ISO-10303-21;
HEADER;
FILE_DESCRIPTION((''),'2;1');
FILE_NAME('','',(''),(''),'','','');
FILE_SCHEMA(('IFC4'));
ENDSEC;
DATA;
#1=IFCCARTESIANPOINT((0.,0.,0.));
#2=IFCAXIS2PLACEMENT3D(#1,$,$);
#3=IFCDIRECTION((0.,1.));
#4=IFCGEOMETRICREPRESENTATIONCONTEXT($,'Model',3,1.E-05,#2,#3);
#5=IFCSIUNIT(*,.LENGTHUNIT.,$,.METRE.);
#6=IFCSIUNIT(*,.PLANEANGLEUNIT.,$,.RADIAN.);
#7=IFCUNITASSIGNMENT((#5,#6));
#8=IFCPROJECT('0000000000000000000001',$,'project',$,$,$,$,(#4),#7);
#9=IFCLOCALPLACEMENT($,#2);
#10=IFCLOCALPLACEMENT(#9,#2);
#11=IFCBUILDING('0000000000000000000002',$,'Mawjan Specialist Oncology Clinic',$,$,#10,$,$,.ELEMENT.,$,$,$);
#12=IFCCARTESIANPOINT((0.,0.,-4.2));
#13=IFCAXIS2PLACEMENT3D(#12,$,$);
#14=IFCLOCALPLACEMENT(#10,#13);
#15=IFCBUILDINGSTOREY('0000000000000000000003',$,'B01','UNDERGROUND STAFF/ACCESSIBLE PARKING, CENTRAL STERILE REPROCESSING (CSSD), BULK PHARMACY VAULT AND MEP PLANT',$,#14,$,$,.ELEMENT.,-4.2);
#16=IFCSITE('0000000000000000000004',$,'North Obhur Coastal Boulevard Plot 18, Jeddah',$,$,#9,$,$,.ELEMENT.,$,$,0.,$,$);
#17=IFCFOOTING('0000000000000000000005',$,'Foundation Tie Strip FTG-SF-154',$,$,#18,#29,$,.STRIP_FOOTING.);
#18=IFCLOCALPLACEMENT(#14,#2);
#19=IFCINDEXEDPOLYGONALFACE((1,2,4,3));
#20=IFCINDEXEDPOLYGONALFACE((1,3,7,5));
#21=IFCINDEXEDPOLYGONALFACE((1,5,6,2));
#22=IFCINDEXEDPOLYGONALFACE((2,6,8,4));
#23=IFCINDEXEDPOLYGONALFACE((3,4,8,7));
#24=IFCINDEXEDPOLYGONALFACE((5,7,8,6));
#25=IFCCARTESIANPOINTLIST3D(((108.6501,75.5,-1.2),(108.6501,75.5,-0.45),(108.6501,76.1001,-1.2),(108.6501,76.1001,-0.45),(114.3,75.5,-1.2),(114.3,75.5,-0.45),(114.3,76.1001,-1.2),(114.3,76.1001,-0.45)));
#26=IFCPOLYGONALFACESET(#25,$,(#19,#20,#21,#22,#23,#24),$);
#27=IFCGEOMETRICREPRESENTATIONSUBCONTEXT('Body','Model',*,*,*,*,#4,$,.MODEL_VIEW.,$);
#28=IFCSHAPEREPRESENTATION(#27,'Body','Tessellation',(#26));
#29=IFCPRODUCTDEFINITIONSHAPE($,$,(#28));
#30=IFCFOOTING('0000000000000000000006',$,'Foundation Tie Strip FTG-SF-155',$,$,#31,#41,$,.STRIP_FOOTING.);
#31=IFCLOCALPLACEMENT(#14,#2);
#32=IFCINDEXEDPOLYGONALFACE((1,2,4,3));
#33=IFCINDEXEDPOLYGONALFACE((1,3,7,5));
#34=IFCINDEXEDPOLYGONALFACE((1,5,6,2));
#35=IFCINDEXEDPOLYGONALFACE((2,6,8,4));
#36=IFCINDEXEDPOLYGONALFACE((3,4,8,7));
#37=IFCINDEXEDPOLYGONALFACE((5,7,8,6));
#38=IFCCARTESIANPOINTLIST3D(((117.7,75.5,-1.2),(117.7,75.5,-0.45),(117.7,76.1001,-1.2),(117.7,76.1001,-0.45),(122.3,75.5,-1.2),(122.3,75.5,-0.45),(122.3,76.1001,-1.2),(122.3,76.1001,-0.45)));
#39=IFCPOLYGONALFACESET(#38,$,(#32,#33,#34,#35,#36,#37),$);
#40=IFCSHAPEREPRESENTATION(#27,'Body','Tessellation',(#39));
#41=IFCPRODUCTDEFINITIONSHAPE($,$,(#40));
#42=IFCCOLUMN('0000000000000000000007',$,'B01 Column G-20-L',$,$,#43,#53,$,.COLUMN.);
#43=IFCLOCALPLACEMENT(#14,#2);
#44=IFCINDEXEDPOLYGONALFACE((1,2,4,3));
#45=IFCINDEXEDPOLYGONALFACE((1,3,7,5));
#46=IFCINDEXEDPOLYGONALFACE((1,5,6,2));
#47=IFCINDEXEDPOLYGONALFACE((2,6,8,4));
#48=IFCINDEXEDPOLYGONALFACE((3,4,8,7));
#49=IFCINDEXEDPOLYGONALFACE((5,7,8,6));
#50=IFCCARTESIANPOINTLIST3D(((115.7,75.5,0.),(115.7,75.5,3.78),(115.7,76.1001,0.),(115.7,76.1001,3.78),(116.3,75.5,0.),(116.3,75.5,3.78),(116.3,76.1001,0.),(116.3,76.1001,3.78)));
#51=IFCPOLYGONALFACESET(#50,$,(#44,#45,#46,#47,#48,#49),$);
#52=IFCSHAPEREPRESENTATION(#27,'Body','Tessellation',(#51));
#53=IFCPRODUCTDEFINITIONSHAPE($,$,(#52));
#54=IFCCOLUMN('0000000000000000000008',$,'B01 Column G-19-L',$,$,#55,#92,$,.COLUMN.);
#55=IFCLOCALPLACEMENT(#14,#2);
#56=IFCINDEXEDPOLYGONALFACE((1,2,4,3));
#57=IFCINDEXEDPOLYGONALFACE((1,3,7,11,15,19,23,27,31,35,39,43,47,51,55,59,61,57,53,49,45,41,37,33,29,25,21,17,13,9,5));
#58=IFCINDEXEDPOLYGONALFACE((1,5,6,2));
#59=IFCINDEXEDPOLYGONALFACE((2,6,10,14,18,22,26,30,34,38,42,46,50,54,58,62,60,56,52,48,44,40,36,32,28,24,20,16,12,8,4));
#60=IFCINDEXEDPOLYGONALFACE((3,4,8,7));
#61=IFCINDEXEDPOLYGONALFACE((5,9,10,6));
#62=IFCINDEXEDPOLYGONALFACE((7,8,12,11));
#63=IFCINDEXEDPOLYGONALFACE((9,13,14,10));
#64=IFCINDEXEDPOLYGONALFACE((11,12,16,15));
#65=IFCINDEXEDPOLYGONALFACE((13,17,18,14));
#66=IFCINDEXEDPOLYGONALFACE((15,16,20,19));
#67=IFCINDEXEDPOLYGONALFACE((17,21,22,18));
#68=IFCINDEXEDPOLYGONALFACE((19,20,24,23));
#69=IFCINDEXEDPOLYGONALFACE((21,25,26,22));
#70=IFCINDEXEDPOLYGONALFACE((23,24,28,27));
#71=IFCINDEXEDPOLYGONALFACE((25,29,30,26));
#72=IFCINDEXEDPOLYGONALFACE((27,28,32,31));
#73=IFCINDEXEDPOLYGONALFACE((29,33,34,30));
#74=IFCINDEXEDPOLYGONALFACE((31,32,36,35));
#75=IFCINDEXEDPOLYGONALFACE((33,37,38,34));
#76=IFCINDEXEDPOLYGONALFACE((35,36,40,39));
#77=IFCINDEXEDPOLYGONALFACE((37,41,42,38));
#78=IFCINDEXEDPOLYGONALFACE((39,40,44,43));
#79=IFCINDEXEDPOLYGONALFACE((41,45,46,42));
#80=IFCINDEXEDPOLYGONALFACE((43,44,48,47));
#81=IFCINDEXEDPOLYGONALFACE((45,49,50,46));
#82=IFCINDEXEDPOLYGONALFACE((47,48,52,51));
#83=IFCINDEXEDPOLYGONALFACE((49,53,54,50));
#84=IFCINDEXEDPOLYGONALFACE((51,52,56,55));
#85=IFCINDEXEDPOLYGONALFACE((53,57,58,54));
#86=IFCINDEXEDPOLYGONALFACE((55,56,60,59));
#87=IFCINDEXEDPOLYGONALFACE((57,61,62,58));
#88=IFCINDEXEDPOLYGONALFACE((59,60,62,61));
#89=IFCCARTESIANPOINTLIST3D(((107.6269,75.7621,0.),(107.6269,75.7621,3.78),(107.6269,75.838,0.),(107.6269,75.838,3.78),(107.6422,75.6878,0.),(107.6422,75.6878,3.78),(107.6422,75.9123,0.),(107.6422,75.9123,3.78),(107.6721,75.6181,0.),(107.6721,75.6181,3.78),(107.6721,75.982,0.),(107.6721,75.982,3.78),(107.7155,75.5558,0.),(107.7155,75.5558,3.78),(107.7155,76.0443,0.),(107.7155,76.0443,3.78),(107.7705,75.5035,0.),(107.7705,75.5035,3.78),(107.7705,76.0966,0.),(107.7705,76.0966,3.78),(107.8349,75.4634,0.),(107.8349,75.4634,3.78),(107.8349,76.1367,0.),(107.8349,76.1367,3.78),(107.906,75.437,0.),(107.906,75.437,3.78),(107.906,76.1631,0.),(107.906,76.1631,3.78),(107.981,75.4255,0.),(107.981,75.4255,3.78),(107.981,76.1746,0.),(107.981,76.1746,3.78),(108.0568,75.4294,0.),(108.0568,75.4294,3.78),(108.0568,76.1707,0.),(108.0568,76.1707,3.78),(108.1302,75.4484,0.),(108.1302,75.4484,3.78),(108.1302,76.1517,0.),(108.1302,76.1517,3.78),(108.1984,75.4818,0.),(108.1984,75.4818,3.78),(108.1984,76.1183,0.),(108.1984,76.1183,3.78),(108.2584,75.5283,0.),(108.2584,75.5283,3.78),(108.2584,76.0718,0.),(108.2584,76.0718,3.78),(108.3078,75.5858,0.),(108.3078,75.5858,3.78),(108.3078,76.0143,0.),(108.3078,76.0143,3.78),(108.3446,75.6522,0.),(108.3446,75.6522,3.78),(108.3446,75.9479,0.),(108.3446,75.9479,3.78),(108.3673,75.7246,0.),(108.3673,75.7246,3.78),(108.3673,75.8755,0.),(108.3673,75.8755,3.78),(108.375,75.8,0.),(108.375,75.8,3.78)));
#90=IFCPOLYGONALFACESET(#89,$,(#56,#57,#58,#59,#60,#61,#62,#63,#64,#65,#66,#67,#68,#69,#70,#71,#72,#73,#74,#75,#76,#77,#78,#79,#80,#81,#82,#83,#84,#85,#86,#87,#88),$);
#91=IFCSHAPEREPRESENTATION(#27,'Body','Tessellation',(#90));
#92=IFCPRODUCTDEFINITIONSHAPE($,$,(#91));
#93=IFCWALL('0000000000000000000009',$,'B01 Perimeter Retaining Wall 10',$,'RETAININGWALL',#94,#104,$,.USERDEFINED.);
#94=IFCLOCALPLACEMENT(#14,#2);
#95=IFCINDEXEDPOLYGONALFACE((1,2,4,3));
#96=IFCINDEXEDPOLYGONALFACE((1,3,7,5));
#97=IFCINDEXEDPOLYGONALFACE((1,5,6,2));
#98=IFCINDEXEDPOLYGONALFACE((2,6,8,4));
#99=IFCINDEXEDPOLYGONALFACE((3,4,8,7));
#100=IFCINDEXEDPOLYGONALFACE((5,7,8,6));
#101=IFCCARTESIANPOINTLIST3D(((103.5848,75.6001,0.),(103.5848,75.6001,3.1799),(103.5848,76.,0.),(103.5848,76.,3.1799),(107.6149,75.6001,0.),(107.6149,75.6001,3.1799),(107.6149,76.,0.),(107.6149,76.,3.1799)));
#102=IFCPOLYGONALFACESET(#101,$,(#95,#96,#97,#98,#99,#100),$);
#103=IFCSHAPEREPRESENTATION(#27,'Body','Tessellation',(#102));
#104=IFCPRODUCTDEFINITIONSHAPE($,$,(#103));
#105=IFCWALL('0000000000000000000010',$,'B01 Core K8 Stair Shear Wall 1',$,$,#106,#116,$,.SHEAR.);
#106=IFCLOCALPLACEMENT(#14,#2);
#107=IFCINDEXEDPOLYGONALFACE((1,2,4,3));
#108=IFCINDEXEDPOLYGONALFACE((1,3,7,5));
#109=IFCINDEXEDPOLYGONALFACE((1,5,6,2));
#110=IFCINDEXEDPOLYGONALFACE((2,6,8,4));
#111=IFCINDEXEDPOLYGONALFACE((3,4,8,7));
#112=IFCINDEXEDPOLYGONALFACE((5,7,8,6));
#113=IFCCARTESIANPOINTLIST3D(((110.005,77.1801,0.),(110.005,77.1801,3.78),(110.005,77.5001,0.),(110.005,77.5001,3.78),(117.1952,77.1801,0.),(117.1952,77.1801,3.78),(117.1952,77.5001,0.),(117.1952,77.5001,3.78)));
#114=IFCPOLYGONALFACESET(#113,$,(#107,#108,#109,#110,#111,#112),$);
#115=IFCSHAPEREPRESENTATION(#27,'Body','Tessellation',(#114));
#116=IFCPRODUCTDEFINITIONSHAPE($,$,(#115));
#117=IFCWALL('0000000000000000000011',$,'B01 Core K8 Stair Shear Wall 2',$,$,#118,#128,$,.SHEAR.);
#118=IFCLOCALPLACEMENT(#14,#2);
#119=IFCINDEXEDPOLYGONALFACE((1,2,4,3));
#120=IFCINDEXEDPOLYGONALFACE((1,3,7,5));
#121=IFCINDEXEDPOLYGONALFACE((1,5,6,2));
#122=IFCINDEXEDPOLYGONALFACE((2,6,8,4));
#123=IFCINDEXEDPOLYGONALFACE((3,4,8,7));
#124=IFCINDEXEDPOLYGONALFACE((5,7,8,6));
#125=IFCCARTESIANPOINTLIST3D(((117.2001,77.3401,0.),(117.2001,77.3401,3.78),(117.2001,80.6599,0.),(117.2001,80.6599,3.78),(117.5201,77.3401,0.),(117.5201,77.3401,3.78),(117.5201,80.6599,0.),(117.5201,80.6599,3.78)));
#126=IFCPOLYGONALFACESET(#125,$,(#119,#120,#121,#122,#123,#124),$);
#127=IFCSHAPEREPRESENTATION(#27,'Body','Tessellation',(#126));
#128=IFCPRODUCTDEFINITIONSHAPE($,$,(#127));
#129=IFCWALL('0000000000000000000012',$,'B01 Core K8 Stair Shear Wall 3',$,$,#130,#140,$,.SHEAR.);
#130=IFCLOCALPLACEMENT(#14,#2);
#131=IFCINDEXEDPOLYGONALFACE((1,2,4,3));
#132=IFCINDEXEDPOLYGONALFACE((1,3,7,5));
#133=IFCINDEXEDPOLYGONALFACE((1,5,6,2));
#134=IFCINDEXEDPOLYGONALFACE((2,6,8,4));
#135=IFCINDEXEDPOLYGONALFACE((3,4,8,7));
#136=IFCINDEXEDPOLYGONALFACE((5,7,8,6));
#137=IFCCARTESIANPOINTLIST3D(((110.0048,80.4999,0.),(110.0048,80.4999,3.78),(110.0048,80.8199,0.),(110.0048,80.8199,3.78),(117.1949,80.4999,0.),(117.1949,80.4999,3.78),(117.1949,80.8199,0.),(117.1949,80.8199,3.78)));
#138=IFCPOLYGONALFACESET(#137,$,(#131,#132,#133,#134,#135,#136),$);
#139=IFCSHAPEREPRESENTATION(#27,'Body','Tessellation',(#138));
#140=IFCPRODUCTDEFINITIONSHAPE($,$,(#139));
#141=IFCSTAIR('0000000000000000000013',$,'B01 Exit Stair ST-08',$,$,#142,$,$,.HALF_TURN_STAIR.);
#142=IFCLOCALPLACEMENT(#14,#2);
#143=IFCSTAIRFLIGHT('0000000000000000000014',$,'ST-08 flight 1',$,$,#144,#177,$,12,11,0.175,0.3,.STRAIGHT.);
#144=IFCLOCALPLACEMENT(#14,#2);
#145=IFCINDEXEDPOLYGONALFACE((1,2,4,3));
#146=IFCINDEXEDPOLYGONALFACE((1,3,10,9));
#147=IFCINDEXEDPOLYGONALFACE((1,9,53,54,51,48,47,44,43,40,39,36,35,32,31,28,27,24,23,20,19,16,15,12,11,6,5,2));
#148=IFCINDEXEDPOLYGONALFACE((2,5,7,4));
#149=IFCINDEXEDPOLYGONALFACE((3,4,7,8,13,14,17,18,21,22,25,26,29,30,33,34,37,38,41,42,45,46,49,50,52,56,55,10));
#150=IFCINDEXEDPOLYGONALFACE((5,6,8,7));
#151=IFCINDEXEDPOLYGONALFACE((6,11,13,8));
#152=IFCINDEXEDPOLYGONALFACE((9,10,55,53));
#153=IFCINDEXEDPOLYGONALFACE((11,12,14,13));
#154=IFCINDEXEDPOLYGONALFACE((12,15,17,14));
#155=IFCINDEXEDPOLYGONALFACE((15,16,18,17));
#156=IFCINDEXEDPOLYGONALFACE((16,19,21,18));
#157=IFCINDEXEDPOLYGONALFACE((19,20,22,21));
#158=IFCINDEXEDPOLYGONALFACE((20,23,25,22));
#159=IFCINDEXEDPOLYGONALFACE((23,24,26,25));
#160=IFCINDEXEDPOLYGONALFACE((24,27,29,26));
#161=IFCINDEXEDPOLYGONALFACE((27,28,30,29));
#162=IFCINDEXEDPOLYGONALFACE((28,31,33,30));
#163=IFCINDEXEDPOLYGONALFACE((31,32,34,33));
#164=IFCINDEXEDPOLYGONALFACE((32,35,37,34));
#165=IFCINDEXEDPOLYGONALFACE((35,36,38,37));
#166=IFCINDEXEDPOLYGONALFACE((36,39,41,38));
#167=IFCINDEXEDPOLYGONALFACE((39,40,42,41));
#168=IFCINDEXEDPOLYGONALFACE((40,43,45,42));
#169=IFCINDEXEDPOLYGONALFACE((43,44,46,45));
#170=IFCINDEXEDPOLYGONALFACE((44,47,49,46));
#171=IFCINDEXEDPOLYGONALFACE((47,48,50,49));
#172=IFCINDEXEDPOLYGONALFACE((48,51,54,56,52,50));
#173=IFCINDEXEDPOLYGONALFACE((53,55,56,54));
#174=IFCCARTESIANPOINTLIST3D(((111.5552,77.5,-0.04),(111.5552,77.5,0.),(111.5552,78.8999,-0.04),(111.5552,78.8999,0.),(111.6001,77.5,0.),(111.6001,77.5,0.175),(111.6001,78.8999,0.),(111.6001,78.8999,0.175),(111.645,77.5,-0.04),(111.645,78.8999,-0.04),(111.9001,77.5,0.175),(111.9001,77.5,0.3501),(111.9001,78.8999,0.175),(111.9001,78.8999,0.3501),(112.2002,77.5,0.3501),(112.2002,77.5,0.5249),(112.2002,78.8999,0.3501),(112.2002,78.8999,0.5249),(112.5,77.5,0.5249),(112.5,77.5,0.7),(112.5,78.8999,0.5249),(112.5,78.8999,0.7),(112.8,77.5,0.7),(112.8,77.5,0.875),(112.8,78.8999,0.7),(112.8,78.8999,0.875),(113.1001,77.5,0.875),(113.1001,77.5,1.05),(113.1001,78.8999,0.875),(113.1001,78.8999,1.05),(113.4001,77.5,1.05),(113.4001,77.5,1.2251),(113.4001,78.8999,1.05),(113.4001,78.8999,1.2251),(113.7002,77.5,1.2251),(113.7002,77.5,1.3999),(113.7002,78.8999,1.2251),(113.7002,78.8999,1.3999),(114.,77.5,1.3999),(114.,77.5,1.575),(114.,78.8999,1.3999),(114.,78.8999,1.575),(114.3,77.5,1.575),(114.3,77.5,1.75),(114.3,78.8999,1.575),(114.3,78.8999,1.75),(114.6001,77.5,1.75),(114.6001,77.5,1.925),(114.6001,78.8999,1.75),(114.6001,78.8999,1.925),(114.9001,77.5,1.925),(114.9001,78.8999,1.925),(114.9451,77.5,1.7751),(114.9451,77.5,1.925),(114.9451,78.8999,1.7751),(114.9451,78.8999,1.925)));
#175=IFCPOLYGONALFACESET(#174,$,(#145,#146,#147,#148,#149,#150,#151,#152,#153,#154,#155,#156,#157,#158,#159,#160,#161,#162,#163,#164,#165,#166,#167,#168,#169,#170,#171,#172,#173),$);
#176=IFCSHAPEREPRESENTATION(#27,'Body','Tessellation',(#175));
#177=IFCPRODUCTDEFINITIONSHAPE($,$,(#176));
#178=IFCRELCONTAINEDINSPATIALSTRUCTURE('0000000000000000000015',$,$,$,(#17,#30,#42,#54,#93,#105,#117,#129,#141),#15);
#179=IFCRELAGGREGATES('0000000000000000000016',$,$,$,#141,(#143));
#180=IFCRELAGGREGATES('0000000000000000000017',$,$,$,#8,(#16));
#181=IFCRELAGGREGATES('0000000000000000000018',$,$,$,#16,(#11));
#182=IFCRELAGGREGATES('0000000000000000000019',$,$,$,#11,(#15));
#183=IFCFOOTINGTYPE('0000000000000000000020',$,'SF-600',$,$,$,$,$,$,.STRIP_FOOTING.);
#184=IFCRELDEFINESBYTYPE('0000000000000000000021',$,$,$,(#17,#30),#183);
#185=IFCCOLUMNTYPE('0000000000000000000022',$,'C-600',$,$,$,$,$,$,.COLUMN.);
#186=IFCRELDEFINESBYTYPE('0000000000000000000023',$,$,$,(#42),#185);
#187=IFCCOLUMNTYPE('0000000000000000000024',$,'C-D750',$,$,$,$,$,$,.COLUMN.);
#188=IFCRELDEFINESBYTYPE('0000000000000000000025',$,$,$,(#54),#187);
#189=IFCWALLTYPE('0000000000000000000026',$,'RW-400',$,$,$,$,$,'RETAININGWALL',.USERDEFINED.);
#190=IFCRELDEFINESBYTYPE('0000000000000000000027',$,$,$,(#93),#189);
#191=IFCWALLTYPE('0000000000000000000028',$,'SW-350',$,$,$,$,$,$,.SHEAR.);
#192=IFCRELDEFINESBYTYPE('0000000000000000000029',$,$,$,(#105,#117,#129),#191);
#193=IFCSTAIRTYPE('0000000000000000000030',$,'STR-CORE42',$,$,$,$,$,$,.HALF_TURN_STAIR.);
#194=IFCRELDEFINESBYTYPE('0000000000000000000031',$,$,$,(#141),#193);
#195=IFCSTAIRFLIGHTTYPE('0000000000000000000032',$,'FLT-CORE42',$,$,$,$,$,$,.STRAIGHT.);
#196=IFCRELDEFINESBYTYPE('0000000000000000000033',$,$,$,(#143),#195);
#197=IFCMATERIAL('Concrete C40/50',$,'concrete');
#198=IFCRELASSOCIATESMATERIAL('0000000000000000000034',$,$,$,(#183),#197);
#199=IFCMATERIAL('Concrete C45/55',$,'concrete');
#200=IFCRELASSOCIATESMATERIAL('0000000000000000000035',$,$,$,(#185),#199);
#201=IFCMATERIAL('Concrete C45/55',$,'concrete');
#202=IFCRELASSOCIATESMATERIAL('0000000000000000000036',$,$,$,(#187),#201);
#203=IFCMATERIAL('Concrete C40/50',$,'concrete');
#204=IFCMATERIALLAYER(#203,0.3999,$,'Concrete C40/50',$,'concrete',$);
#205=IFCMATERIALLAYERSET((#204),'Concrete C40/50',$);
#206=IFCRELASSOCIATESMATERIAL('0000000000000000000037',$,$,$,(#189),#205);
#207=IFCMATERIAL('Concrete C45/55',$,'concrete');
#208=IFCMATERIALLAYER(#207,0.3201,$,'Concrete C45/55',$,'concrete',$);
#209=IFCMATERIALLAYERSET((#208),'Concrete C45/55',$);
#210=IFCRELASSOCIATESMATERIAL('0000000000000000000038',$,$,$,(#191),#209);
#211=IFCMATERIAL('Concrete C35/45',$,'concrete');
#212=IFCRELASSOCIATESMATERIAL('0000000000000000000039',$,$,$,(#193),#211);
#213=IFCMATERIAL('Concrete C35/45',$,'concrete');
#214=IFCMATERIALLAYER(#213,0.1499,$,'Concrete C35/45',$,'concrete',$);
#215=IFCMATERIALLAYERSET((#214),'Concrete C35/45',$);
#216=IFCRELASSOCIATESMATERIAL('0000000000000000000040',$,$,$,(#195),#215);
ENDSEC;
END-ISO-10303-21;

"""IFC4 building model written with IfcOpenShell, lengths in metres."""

from ifc_helpers import new_model, si_unit, direction, frame, frame_2d, origin, origin_2d, place, context, subcontext, project, spatial, polyline, rectangle, circle, outline, extrude, material, layer, layer_set, material_profile, profile_set, type_object, element, aggregate, save


model = new_model("IFC4")

# Units and contexts
model_context = context("Model", 3, precision=1e-05, world=origin(), true_north=direction((0.0, 1.0)))
body_context = subcontext(model_context, "Body", "Model", "MODEL_VIEW")
ifc_project = project(units=[si_unit("LENGTHUNIT", "METRE"), si_unit("PLANEANGLEUNIT", "RADIAN")], contexts=[model_context])

# Site, building, storey
site_placement = place(None, origin())
site = spatial("IfcSite", under=ifc_project, at=site_placement, Name="North Obhur Coastal Boulevard Plot 18, Jeddah", CompositionType="ELEMENT", RefElevation=0.0)
building_placement = place(site_placement, origin())
building = spatial("IfcBuilding", under=site, at=building_placement, Name="Mawjan Specialist Oncology Clinic", CompositionType="ELEMENT")
storey_placement = place(building_placement, frame((0.0, 0.0, -4.2)))
storey = spatial("IfcBuildingStorey", under=building, at=storey_placement, Name="B01", Description="UNDERGROUND STAFF/ACCESSIBLE PARKING, CENTRAL STERILE REPROCESSING (CSSD), BULK PHARMACY VAULT AND MEP PLANT", CompositionType="ELEMENT", Elevation=-4.2)

# Footings
ifc_material_1 = material(Name="Concrete C40/50", Category="concrete")
footing_type_1 = type_object("IfcFootingType", Name="SF-600", PredefinedType="STRIP_FOOTING", material=ifc_material_1)
footing_1_placement = place(storey_placement, frame((111.4751, 75.8, -1.2), z_axis=(0.0, 0.0, 1.0), x_axis=(1.0, 0.0, 0.0)))
element("IfcFooting", 1, at=footing_1_placement, inside=storey, type_object=footing_type_1, Name="Foundation Tie Strip FTG-SF-154", PredefinedType="STRIP_FOOTING", context=body_context, shape_type="SweptSolid", body=[
    extrude(rectangle(XDim=5.6499, YDim=0.6001, at=origin_2d()), origin(), (0.0, 0.0, 1.0), 0.75),
])
footing_2_placement = place(storey_placement, frame((120.0, 75.8, -1.2), z_axis=(0.0, 0.0, 1.0), x_axis=(1.0, 0.0, 0.0)))
element("IfcFooting", 2, at=footing_2_placement, inside=storey, type_object=footing_type_1, Name="Foundation Tie Strip FTG-SF-155", PredefinedType="STRIP_FOOTING", context=body_context, shape_type="SweptSolid", body=[
    extrude(rectangle(XDim=4.6001, YDim=0.6001, at=origin_2d()), origin(), (0.0, 0.0, 1.0), 0.75),
])

# Columns
ifc_material_2 = material(Name="Concrete C45/55", Category="concrete")
ifc_material_profile_1 = material_profile(ifc_material_2, rectangle(XDim=0.6001, YDim=0.6001, at=origin_2d()), Name="RC COL 600x600", Category="concrete")
ifc_profile_set_1 = profile_set([ifc_material_profile_1], Name="Concrete C45/55")
column_type_1 = type_object("IfcColumnType", Name="C-600", PredefinedType="COLUMN", material=ifc_profile_set_1)
column_1_placement = place(storey_placement, frame((116.0, 75.8, 0.0), z_axis=(0.0, 0.0, 1.0), x_axis=(1.0, 0.0, 0.0)))
element("IfcColumn", 3, at=column_1_placement, inside=storey, type_object=column_type_1, Name="B01 Column G-20-L", PredefinedType="COLUMN", context=body_context, shape_type="SweptSolid", body=[
    extrude(rectangle(XDim=0.6001, YDim=0.6001, at=origin_2d()), origin(), (0.0, 0.0, 1.0), 3.78),
])
ifc_material_3 = material(Name="Concrete C45/55", Category="concrete")
ifc_material_profile_2 = material_profile(ifc_material_3, circle(Radius=0.375, at=origin_2d()), Name="RC COL D750", Category="concrete")
ifc_profile_set_2 = profile_set([ifc_material_profile_2], Name="Concrete C45/55")
column_type_2 = type_object("IfcColumnType", Name="C-D750", PredefinedType="COLUMN", material=ifc_profile_set_2)
column_2_placement = place(storey_placement, frame((108.0, 75.8, 0.0), z_axis=(0.0, 0.0, 1.0), x_axis=(1.0, 0.0, 0.0)))
element("IfcColumn", 4, at=column_2_placement, inside=storey, type_object=column_type_2, Name="B01 Column G-19-L", PredefinedType="COLUMN", context=body_context, shape_type="SweptSolid", body=[
    extrude(circle(Radius=0.375, at=origin_2d()), origin(), (0.0, 0.0, 1.0), 3.78),
])

# Walls
ifc_material_4 = material(Name="Concrete C40/50", Category="concrete")
ifc_layer_1 = layer(ifc_material_4, 0.3999, Name="Concrete C40/50", Category="concrete")
ifc_layer_set_1 = layer_set([ifc_layer_1], Name="Concrete C40/50")
wall_type_1 = type_object("IfcWallType", Name="RW-400", ElementType="RETAININGWALL", PredefinedType="USERDEFINED", material=ifc_layer_set_1)
wall_1_placement = place(storey_placement, frame((107.615, 75.8, 0.0), z_axis=(0.0, 0.0, 1.0), x_axis=(-1.0, 0.0, 0.0)))
element("IfcWall", 5, at=wall_1_placement, inside=storey, type_object=wall_type_1, Name="B01 Perimeter Retaining Wall 10", ObjectType="RETAININGWALL", PredefinedType="USERDEFINED", context=body_context, shape_type="SweptSolid", body=[
    extrude(rectangle(XDim=4.03, YDim=0.3999, at=frame_2d((2.0151, 0.0))), origin(), (0.0, 0.0, 1.0), 3.1799),
])
ifc_material_5 = material(Name="Concrete C45/55", Category="concrete")
ifc_layer_2 = layer(ifc_material_5, 0.3201, Name="Concrete C45/55", Category="concrete")
ifc_layer_set_2 = layer_set([ifc_layer_2], Name="Concrete C45/55")
wall_type_2 = type_object("IfcWallType", Name="SW-350", PredefinedType="SHEAR", material=ifc_layer_set_2)
wall_2_placement = place(storey_placement, frame((110.0049, 77.3401, 0.0), z_axis=(0.0, 0.0, 1.0), x_axis=(1.0, 0.0, 0.0)))
element("IfcWall", 6, at=wall_2_placement, inside=storey, type_object=wall_type_2, Name="B01 Core K8 Stair Shear Wall 1", PredefinedType="SHEAR", context=body_context, shape_type="SweptSolid", body=[
    extrude(rectangle(XDim=7.1902, YDim=0.3201, at=frame_2d((3.5952, 0.0))), origin(), (0.0, 0.0, 1.0), 3.78),
])
wall_3_placement = place(storey_placement, frame((117.3601, 77.3401, 0.0), z_axis=(0.0, 0.0, 1.0), x_axis=(0.0, 1.0, 0.0)))
element("IfcWall", 7, at=wall_3_placement, inside=storey, type_object=wall_type_2, Name="B01 Core K8 Stair Shear Wall 2", PredefinedType="SHEAR", context=body_context, shape_type="SweptSolid", body=[
    extrude(rectangle(XDim=3.3198, YDim=0.3201, at=frame_2d((1.6599, 0.0))), origin(), (0.0, 0.0, 1.0), 3.78),
])
wall_4_placement = place(storey_placement, frame((117.1951, 80.6599, 0.0), z_axis=(0.0, 0.0, 1.0), x_axis=(-1.0, 0.0, 0.0)))
element("IfcWall", 8, at=wall_4_placement, inside=storey, type_object=wall_type_2, Name="B01 Core K8 Stair Shear Wall 3", PredefinedType="SHEAR", context=body_context, shape_type="SweptSolid", body=[
    extrude(rectangle(XDim=7.1902, YDim=0.3201, at=frame_2d((3.5952, 0.0))), origin(), (0.0, 0.0, 1.0), 3.78),
])

# Stair, stair flight
ifc_material_6 = material(Name="Concrete C35/45", Category="concrete")
stair_type = type_object("IfcStairType", Name="STR-CORE42", PredefinedType="HALF_TURN_STAIR", material=ifc_material_6)
stair_placement = place(storey_placement, origin())
stair = element("IfcStair", 9, at=stair_placement, inside=storey, type_object=stair_type, Name="B01 Exit Stair ST-08", PredefinedType="HALF_TURN_STAIR")
ifc_material_7 = material(Name="Concrete C35/45", Category="concrete")
ifc_layer_3 = layer(ifc_material_7, 0.1499, Name="Concrete C35/45", Category="concrete")
ifc_layer_set_3 = layer_set([ifc_layer_3], Name="Concrete C35/45")
stair_flight_type = type_object("IfcStairFlightType", Name="FLT-CORE42", PredefinedType="STRAIGHT", material=ifc_layer_set_3)
stair_flight_1_placement = place(storey_placement, frame((111.6001, 78.2, 0.0), z_axis=(0.0, 0.0, 1.0), x_axis=(1.0, 0.0, 0.0)))
stair_flight_1 = element("IfcStairFlight", 10, at=stair_flight_1_placement, type_object=stair_flight_type, Name="ST-08 flight 1", NumberOfRisers=12, NumberOfTreads=11, PredefinedType="STRAIGHT", RiserHeight=0.175, TreadLength=0.3, context=body_context, shape_type="SweptSolid", body=[
    extrude(outline(polyline([(-0.0449, -0.04), (-0.0449, 0.0), (0.0, 0.0), (0.0, 0.175), (0.3, 0.175), (0.3, 0.3501), (0.6001, 0.3501), (0.6001, 0.5249), (0.8999, 0.5249), (0.8999, 0.7), (1.2, 0.7), (1.2, 0.875), (1.5, 0.875), (1.5, 1.05), (1.8, 1.05), (1.8, 1.2251), (2.1001, 1.2251), (2.1001, 1.3999), (2.3999, 1.3999), (2.3999, 1.575), (2.7, 1.575), (2.7, 1.75), (3.0, 1.75), (3.0, 1.925), (3.3, 1.925), (3.345, 1.925), (3.345, 1.7751), (0.0449, -0.04), (-0.0449, -0.04)])), frame((0.0, 0.7, 0.0), z_axis=(0.0, -1.0, 0.0), x_axis=(1.0, 0.0, 0.0)), (0.0, 0.0, 1.0), 1.3999),
])
aggregate(stair, [stair_flight_1])

save(model, "model.ifc")
